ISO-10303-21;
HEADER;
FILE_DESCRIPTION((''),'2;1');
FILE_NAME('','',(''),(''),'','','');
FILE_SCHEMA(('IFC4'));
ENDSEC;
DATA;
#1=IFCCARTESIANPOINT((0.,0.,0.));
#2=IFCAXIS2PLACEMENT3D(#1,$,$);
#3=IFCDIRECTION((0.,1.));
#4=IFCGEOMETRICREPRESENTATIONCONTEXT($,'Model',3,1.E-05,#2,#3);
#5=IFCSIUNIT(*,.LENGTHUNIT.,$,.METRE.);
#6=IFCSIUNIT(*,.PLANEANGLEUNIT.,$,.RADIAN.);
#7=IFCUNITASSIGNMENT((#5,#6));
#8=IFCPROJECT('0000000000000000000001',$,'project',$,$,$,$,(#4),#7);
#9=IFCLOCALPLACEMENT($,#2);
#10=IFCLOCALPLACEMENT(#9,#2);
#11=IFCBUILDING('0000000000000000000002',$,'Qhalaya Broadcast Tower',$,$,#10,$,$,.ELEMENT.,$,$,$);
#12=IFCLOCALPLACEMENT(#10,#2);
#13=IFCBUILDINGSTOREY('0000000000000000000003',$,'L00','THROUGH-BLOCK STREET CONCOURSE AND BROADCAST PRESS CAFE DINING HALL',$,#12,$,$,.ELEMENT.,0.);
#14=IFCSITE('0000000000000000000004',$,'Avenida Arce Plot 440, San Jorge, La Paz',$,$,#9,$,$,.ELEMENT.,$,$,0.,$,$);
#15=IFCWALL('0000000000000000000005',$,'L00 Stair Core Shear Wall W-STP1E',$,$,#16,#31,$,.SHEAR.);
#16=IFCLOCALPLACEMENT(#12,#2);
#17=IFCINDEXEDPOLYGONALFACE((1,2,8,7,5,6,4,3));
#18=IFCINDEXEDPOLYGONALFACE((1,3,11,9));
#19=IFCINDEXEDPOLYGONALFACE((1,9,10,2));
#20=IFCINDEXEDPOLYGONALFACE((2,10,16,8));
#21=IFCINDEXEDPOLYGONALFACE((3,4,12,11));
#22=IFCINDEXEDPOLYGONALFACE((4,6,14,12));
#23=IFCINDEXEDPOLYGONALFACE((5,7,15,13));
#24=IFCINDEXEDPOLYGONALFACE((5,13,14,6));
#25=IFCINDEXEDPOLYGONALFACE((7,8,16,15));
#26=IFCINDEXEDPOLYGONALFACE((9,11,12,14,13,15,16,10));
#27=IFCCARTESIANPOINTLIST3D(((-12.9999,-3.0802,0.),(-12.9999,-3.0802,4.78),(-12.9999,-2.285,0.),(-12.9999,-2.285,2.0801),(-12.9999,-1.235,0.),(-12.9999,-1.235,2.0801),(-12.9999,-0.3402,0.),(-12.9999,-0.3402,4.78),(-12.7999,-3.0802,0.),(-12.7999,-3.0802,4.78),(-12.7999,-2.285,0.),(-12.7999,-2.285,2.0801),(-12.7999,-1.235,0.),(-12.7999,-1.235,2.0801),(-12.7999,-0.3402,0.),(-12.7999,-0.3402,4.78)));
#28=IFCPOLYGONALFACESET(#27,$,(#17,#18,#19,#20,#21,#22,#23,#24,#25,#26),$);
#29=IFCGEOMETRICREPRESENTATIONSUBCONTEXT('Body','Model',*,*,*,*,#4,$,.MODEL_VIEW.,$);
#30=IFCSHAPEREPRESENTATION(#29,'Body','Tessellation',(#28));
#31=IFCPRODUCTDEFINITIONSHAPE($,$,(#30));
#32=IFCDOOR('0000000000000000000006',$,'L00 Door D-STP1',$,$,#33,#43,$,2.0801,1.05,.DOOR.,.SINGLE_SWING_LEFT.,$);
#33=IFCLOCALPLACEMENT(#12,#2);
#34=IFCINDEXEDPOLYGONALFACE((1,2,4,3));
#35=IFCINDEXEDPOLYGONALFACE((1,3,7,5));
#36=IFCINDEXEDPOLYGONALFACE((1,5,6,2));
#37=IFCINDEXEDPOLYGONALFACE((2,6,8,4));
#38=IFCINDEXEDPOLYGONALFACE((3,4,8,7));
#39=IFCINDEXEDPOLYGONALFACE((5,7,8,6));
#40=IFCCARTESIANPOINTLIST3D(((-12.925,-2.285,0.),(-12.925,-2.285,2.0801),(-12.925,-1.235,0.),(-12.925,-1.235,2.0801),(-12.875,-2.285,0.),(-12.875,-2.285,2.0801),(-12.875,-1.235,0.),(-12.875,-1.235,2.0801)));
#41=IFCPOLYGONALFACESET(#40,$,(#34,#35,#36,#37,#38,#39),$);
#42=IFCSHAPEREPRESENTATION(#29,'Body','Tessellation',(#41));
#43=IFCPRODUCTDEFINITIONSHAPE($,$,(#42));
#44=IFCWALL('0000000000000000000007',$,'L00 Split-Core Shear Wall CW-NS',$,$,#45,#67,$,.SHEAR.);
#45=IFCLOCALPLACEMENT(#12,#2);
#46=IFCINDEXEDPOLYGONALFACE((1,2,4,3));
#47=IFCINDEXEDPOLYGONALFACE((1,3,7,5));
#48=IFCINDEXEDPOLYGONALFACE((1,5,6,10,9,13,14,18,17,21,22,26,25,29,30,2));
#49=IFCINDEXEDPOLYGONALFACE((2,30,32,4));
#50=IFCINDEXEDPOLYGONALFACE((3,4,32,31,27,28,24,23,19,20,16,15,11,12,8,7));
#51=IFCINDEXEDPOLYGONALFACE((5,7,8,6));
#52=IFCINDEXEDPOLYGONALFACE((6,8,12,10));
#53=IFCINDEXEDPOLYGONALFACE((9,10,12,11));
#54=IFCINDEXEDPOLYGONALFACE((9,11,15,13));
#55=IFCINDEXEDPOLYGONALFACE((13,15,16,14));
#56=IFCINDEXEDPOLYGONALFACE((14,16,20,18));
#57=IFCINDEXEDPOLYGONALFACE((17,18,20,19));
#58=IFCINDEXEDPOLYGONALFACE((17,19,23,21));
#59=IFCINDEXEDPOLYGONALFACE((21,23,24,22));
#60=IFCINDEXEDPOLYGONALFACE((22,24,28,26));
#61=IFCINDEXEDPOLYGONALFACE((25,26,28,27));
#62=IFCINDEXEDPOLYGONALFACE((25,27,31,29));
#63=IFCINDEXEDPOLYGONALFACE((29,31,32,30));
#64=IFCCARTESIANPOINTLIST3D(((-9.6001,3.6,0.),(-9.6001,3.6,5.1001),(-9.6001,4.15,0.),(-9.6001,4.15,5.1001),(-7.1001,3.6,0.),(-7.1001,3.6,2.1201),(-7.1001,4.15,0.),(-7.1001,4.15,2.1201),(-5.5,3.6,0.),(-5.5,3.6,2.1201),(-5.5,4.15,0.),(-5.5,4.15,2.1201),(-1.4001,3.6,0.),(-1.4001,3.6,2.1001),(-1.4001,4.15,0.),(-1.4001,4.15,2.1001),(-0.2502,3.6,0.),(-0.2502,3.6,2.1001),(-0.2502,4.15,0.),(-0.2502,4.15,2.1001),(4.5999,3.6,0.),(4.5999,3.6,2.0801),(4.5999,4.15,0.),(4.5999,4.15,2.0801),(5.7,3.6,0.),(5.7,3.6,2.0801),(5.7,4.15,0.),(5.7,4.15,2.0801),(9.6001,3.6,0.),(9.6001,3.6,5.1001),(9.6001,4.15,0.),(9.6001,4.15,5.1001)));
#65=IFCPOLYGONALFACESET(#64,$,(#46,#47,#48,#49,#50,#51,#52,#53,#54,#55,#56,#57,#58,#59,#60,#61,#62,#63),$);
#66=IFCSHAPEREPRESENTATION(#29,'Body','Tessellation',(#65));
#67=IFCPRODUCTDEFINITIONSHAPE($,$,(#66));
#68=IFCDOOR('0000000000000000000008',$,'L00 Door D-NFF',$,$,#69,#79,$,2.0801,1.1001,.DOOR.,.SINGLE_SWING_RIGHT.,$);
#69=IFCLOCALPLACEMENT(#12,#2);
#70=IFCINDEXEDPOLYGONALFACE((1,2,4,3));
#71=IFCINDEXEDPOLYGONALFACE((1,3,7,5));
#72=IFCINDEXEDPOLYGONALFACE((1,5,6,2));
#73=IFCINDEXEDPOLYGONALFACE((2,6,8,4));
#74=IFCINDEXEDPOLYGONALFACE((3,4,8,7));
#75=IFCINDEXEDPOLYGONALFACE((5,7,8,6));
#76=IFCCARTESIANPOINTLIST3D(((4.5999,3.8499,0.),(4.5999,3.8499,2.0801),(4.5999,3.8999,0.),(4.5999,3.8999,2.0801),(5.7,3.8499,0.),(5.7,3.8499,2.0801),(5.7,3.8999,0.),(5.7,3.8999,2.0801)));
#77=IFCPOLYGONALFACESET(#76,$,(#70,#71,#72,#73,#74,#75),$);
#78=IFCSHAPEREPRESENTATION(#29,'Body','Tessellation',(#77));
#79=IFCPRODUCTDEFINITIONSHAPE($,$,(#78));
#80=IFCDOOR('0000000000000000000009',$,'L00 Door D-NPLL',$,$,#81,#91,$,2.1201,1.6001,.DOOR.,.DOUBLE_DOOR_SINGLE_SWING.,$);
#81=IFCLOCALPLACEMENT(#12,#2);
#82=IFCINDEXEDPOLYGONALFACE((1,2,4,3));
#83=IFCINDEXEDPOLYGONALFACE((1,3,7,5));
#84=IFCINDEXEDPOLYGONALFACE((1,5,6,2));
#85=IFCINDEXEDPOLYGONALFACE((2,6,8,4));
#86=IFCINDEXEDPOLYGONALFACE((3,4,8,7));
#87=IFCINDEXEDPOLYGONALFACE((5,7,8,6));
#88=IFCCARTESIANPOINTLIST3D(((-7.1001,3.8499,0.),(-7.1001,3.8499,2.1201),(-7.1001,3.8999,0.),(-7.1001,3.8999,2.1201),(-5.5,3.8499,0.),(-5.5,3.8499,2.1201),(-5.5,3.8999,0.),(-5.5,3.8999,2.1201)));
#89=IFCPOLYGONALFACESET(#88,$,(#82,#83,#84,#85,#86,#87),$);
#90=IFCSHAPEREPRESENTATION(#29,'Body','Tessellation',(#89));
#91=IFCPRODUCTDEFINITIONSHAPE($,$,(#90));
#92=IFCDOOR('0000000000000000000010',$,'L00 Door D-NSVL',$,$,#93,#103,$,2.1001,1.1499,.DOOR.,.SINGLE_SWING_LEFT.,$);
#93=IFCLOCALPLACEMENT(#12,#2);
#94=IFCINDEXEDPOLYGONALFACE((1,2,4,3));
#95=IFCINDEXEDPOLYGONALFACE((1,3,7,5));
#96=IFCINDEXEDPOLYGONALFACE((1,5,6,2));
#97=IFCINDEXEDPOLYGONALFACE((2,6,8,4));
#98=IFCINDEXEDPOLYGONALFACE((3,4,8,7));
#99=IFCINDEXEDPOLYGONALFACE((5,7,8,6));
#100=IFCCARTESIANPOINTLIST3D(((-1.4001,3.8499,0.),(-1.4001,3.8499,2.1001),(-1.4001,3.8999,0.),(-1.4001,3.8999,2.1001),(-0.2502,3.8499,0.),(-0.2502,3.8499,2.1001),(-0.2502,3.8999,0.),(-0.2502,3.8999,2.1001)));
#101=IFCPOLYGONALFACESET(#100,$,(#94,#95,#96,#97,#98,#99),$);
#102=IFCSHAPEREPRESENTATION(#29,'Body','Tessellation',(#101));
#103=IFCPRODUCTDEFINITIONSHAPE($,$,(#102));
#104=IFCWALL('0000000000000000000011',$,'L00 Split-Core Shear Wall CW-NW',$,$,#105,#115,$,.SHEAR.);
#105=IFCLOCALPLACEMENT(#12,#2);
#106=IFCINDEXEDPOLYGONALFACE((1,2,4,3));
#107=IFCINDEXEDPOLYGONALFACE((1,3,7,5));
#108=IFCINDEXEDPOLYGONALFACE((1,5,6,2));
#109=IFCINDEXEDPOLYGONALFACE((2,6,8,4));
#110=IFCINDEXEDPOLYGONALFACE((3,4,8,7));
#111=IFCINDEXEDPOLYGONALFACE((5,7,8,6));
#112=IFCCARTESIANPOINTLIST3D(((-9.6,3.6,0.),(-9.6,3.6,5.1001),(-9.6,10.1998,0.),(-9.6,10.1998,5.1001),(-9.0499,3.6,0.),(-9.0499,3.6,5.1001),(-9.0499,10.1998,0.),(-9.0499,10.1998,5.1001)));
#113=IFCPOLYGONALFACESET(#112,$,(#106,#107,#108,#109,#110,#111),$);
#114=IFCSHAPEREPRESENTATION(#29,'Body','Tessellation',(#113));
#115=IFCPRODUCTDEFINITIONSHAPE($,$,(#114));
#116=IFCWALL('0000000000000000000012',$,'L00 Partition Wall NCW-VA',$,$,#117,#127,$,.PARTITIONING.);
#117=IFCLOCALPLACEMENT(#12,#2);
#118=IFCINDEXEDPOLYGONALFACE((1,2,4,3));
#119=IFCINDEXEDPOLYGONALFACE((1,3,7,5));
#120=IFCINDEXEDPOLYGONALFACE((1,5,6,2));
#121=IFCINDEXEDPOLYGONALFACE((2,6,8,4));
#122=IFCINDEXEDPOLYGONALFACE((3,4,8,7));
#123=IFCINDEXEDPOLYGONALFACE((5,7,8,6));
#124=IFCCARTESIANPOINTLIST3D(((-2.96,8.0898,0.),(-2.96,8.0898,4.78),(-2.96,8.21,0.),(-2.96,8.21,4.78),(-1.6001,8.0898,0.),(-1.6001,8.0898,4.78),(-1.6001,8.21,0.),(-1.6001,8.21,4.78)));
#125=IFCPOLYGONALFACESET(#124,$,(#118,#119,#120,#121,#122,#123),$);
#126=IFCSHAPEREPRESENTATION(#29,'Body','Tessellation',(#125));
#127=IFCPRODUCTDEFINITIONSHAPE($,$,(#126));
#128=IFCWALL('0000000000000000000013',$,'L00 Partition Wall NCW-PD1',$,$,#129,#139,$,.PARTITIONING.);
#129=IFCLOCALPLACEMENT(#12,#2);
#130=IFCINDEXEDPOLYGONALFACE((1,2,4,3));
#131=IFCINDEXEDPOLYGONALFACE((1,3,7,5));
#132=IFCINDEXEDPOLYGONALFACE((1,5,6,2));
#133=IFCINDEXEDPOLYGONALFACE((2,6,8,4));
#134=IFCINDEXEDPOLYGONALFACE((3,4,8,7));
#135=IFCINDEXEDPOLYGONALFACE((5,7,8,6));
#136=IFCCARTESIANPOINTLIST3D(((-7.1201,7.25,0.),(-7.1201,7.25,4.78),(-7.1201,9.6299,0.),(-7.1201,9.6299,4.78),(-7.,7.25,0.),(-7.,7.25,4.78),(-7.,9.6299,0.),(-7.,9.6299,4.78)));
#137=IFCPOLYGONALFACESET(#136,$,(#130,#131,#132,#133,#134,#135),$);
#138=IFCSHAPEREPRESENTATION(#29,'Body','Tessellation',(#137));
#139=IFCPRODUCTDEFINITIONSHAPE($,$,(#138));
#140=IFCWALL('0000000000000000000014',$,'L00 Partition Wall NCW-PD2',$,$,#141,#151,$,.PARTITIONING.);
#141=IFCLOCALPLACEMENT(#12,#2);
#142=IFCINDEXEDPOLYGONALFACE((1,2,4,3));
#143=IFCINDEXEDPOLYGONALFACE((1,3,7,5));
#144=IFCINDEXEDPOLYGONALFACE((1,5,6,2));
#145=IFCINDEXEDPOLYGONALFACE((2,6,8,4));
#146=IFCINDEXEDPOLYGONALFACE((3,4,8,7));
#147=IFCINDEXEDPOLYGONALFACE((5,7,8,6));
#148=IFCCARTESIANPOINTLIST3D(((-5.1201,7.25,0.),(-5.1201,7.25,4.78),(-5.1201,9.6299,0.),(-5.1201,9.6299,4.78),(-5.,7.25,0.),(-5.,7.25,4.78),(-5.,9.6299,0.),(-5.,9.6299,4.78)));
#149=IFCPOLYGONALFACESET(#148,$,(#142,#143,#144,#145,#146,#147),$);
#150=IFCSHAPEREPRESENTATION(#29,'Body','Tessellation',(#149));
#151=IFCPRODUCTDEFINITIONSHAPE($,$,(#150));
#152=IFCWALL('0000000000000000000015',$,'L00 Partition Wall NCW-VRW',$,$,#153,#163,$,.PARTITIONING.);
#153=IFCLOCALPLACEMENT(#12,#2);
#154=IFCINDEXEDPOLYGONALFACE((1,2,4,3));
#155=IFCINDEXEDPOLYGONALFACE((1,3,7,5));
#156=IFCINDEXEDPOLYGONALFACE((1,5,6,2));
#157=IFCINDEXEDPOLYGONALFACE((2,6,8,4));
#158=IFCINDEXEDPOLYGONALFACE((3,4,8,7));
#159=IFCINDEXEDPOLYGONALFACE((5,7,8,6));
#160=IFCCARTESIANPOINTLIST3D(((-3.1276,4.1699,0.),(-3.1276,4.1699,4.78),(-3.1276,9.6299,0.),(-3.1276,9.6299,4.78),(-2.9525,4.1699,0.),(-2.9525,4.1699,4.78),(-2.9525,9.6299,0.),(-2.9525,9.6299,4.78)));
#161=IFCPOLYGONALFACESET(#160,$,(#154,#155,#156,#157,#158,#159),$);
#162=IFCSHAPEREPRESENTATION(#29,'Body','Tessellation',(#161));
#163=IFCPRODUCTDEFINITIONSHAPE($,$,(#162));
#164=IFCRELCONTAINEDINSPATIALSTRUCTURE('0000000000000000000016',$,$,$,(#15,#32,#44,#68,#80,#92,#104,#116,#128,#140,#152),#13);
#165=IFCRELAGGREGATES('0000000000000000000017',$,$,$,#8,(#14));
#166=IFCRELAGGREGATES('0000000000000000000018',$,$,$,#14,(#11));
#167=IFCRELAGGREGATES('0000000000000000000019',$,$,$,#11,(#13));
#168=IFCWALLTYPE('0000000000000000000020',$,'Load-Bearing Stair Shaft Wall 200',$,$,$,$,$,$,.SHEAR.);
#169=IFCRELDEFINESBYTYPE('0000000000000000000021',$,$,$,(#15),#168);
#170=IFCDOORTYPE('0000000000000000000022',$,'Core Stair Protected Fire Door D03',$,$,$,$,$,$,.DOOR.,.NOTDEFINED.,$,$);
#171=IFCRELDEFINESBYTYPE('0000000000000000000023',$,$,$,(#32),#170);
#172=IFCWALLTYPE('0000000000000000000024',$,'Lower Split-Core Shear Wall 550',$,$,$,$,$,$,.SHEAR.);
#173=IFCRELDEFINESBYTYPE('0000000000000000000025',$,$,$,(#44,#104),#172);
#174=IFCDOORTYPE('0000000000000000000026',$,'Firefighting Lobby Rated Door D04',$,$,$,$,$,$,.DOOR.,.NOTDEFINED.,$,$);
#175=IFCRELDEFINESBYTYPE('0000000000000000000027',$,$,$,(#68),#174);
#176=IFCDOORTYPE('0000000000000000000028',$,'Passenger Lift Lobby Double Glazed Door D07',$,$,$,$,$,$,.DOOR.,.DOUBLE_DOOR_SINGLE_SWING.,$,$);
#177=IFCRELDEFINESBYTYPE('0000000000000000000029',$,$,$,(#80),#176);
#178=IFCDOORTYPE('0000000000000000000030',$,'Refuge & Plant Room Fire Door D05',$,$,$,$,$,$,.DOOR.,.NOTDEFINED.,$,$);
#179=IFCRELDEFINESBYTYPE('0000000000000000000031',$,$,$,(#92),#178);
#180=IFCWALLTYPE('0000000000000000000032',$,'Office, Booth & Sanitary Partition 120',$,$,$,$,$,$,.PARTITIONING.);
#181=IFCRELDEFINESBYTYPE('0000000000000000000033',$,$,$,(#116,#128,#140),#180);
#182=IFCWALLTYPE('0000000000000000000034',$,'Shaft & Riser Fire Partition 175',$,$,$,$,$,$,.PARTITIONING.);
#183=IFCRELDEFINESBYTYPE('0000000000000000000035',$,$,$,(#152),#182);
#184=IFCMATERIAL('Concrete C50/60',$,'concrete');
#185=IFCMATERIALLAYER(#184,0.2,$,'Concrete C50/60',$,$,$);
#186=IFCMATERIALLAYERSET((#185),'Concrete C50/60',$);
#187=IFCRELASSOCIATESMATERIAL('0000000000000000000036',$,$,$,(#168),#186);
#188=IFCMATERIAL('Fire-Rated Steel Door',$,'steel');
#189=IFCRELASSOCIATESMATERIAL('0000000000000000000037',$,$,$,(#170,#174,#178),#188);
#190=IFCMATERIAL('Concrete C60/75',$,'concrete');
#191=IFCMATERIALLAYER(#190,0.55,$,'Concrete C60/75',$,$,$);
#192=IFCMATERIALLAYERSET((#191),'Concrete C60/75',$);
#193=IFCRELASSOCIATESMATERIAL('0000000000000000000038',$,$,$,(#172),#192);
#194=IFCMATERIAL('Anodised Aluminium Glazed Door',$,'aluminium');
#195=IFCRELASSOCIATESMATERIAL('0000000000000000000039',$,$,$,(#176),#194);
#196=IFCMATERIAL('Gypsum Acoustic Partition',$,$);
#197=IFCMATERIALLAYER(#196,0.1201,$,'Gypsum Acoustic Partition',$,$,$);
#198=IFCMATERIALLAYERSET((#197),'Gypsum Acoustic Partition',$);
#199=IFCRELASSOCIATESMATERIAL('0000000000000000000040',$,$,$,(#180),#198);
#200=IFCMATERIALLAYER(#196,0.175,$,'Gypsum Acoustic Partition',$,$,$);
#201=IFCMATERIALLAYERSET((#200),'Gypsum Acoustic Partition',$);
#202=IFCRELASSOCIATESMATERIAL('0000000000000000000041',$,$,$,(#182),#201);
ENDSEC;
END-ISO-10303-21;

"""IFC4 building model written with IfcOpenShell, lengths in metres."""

from ifc_helpers import new_model, si_unit, direction, frame, frame_2d, origin, place, context, subcontext, project, spatial, rectangle, extrude, material, layer, layer_set, type_object, element, fill, save


model = new_model("IFC4")

# Units and contexts
model_context = context("Model", 3, precision=1e-05, world=origin(), true_north=direction((0.0, 1.0)))
body_context = subcontext(model_context, "Body", "Model", "MODEL_VIEW")
ifc_project = project(units=[si_unit("LENGTHUNIT", "METRE"), si_unit("PLANEANGLEUNIT", "RADIAN")], contexts=[model_context])

# Site, building, storey
site_placement = place(None, origin())
site = spatial("IfcSite", under=ifc_project, at=site_placement, Name="Avenida Arce Plot 440, San Jorge, La Paz", CompositionType="ELEMENT", RefElevation=0.0)
building_placement = place(site_placement, origin())
building = spatial("IfcBuilding", under=site, at=building_placement, Name="Qhalaya Broadcast Tower", CompositionType="ELEMENT")
storey_placement = place(building_placement, origin())
storey = spatial("IfcBuildingStorey", under=building, at=storey_placement, Name="L00", Description="THROUGH-BLOCK STREET CONCOURSE AND BROADCAST PRESS CAFE DINING HALL", CompositionType="ELEMENT", Elevation=0.0)

# Shared definitions
ifc_material_1 = material(Name="Concrete C50/60", Category="concrete")

# Shared definitions
ifc_material_2 = material(Name="Gypsum Acoustic Partition")
ifc_material_3 = material(Name="Fire-Rated Steel Door", Category="steel")

# Wall, opening, door
ifc_layer_1 = layer(ifc_material_1, 0.2, Name="Concrete C50/60")
ifc_layer_set_1 = layer_set([ifc_layer_1], Name="Concrete C50/60")
wall_type_1 = type_object("IfcWallType", Name="Load-Bearing Stair Shaft Wall 200", PredefinedType="SHEAR", material=ifc_layer_set_1)
wall_1_placement = place(storey_placement, frame((-12.8999, -0.3401, 0.0), z_axis=(0.0, 0.0, 1.0), x_axis=(0.0, -1.0, 0.0)))
wall_1 = element("IfcWall", 1, at=wall_1_placement, inside=storey, type_object=wall_type_1, Name="L00 Stair Core Shear Wall W-STP1E", PredefinedType="SHEAR", context=body_context, shape_type="SweptSolid", body=[
    extrude(rectangle(XDim=2.74, YDim=0.2, at=frame_2d((1.3701, 0.0))), origin(), (0.0, 0.0, 1.0), 4.78),
])
opening_1_placement = place(wall_1_placement, frame((0.895, 0.0, 0.0)))
opening_1 = element("IfcOpeningElement", 2, at=opening_1_placement, cuts=wall_1, PredefinedType="OPENING", context=body_context, shape_type="SweptSolid", body=[
    extrude(rectangle(XDim=1.05, YDim=2.0801, at=frame_2d((0.5249, 1.04))), frame((0.0, 0.1121, 0.0), z_axis=(0.0, -1.0, 0.0), x_axis=(1.0, 0.0, 0.0)), (0.0, 0.0, 1.0), 0.2239),
])
door_type_1 = type_object("IfcDoorType", Name="Core Stair Protected Fire Door D03", OperationType="NOTDEFINED", PredefinedType="DOOR", material=ifc_material_3)
door_1_placement = place(opening_1_placement, origin())
door_1 = element("IfcDoor", 3, at=door_1_placement, inside=storey, type_object=door_type_1, Name="L00 Door D-STP1", OperationType="SINGLE_SWING_LEFT", OverallHeight=2.0801, OverallWidth=1.05, PredefinedType="DOOR", context=body_context, shape_type="SweptSolid", body=[
    extrude(rectangle(XDim=1.05, YDim=2.0801, at=frame_2d((0.5249, 1.04))), frame((0.0, 0.0249, 0.0), z_axis=(0.0, -1.0, 0.0), x_axis=(1.0, 0.0, 0.0)), (0.0, 0.0, 1.0), 0.05),
])
fill(opening_1, door_1)

# Wall, openings, doors
ifc_material_4 = material(Name="Concrete C60/75", Category="concrete")
ifc_layer_2 = layer(ifc_material_4, 0.55, Name="Concrete C60/75")
ifc_layer_set_2 = layer_set([ifc_layer_2], Name="Concrete C60/75")
wall_type_2 = type_object("IfcWallType", Name="Lower Split-Core Shear Wall 550", PredefinedType="SHEAR", material=ifc_layer_set_2)
wall_2_placement = place(storey_placement, frame((-9.6001, 3.875, 0.0), z_axis=(0.0, 0.0, 1.0), x_axis=(1.0, 0.0, 0.0)))
wall_2 = element("IfcWall", 4, at=wall_2_placement, inside=storey, type_object=wall_type_2, Name="L00 Split-Core Shear Wall CW-NS", PredefinedType="SHEAR", context=body_context, shape_type="SweptSolid", body=[
    extrude(rectangle(XDim=19.2002, YDim=0.55, at=frame_2d((9.6001, 0.0))), origin(), (0.0, 0.0, 1.0), 5.1001),
])
opening_2_placement = place(wall_2_placement, frame((14.2, 0.0, 0.0)))
opening_2 = element("IfcOpeningElement", 5, at=opening_2_placement, cuts=wall_2, PredefinedType="OPENING", context=body_context, shape_type="SweptSolid", body=[
    extrude(rectangle(XDim=1.1001, YDim=2.0801, at=frame_2d((0.55, 1.04))), frame((0.0, 0.2871, 0.0), z_axis=(0.0, -1.0, 0.0), x_axis=(1.0, 0.0, 0.0)), (0.0, 0.0, 1.0), 0.574),
])
opening_3_placement = place(wall_2_placement, frame((8.2, 0.0, 0.0)))
opening_3 = element("IfcOpeningElement", 6, at=opening_3_placement, cuts=wall_2, PredefinedType="OPENING", context=body_context, shape_type="SweptSolid", body=[
    extrude(rectangle(XDim=1.1499, YDim=2.1001, at=frame_2d((0.575, 1.05))), frame((0.0, 0.2871, 0.0), z_axis=(0.0, -1.0, 0.0), x_axis=(1.0, 0.0, 0.0)), (0.0, 0.0, 1.0), 0.574),
])
opening_4_placement = place(wall_2_placement, frame((2.5, 0.0, 0.0)))
opening_4 = element("IfcOpeningElement", 7, at=opening_4_placement, cuts=wall_2, PredefinedType="OPENING", context=body_context, shape_type="SweptSolid", body=[
    extrude(rectangle(XDim=1.6001, YDim=2.1201, at=frame_2d((0.8, 1.0601))), frame((0.0, 0.2871, 0.0), z_axis=(0.0, -1.0, 0.0), x_axis=(1.0, 0.0, 0.0)), (0.0, 0.0, 1.0), 0.574),
])
door_type_2 = type_object("IfcDoorType", Name="Firefighting Lobby Rated Door D04", OperationType="NOTDEFINED", PredefinedType="DOOR", material=ifc_material_3)
door_2_placement = place(opening_2_placement, origin())
door_2 = element("IfcDoor", 8, at=door_2_placement, inside=storey, type_object=door_type_2, Name="L00 Door D-NFF", OperationType="SINGLE_SWING_RIGHT", OverallHeight=2.0801, OverallWidth=1.1001, PredefinedType="DOOR", context=body_context, shape_type="SweptSolid", body=[
    extrude(rectangle(XDim=1.1001, YDim=2.0801, at=frame_2d((0.55, 1.04))), frame((0.0, 0.0249, 0.0), z_axis=(0.0, -1.0, 0.0), x_axis=(1.0, 0.0, 0.0)), (0.0, 0.0, 1.0), 0.05),
])
fill(opening_2, door_2)
ifc_material_5 = material(Name="Anodised Aluminium Glazed Door", Category="aluminium")
door_type_3 = type_object("IfcDoorType", Name="Passenger Lift Lobby Double Glazed Door D07", OperationType="DOUBLE_DOOR_SINGLE_SWING", PredefinedType="DOOR", material=ifc_material_5)
door_3_placement = place(opening_4_placement, origin())
door_3 = element("IfcDoor", 9, at=door_3_placement, inside=storey, type_object=door_type_3, Name="L00 Door D-NPLL", OperationType="DOUBLE_DOOR_SINGLE_SWING", OverallHeight=2.1201, OverallWidth=1.6001, PredefinedType="DOOR", context=body_context, shape_type="SweptSolid", body=[
    extrude(rectangle(XDim=1.6001, YDim=2.1201, at=frame_2d((0.8, 1.0601))), frame((0.0, 0.0249, 0.0), z_axis=(0.0, -1.0, 0.0), x_axis=(1.0, 0.0, 0.0)), (0.0, 0.0, 1.0), 0.05),
])
fill(opening_4, door_3)
door_type_4 = type_object("IfcDoorType", Name="Refuge & Plant Room Fire Door D05", OperationType="NOTDEFINED", PredefinedType="DOOR", material=ifc_material_3)
door_4_placement = place(opening_3_placement, origin())
door_4 = element("IfcDoor", 10, at=door_4_placement, inside=storey, type_object=door_type_4, Name="L00 Door D-NSVL", OperationType="SINGLE_SWING_LEFT", OverallHeight=2.1001, OverallWidth=1.1499, PredefinedType="DOOR", context=body_context, shape_type="SweptSolid", body=[
    extrude(rectangle(XDim=1.1499, YDim=2.1001, at=frame_2d((0.575, 1.05))), frame((0.0, 0.0249, 0.0), z_axis=(0.0, -1.0, 0.0), x_axis=(1.0, 0.0, 0.0)), (0.0, 0.0, 1.0), 0.05),
])
fill(opening_3, door_4)

# Walls
wall_3_placement = place(storey_placement, frame((-9.325, 3.6001, 0.0), z_axis=(0.0, 0.0, 1.0), x_axis=(0.0, 1.0, 0.0)))
element("IfcWall", 11, at=wall_3_placement, inside=storey, type_object=wall_type_2, Name="L00 Split-Core Shear Wall CW-NW", PredefinedType="SHEAR", context=body_context, shape_type="SweptSolid", body=[
    extrude(rectangle(XDim=6.5999, YDim=0.55, at=frame_2d((3.2998, 0.0))), origin(), (0.0, 0.0, 1.0), 5.1001),
])
ifc_layer_3 = layer(ifc_material_2, 0.1201, Name="Gypsum Acoustic Partition")
ifc_layer_set_3 = layer_set([ifc_layer_3], Name="Gypsum Acoustic Partition")
wall_type_3 = type_object("IfcWallType", Name="Office, Booth & Sanitary Partition 120", PredefinedType="PARTITIONING", material=ifc_layer_set_3)
wall_4_placement = place(storey_placement, frame((-2.96, 8.1499, 0.0), z_axis=(0.0, 0.0, 1.0), x_axis=(1.0, 0.0, 0.0)))
element("IfcWall", 12, at=wall_4_placement, inside=storey, type_object=wall_type_3, Name="L00 Partition Wall NCW-VA", PredefinedType="PARTITIONING", context=body_context, shape_type="SweptSolid", body=[
    extrude(rectangle(XDim=1.3599, YDim=0.1201, at=frame_2d((0.6799, 0.0))), origin(), (0.0, 0.0, 1.0), 4.78),
])
for number, where, z_axis, x_axis, name in (
    (13, (-7.0601, 7.25, 0.0), (0.0, 0.0, 1.0), (0.0, 1.0, 0.0), "L00 Partition Wall NCW-PD1"),
    (14, (-5.0601, 7.25, 0.0), (0.0, 0.0, 1.0), (0.0, 1.0, 0.0), "L00 Partition Wall NCW-PD2"),
):
    element("IfcWall", number, at=place(storey_placement, frame(where, z_axis=z_axis, x_axis=x_axis)), inside=storey, type_object=wall_type_3, Name=name, PredefinedType="PARTITIONING", context=body_context, shape_type="SweptSolid", body=[
        extrude(rectangle(XDim=2.3799, YDim=0.1201, at=frame_2d((1.1899, 0.0))), origin(), (0.0, 0.0, 1.0), 4.78),
    ])
ifc_layer_4 = layer(ifc_material_2, 0.175, Name="Gypsum Acoustic Partition")
ifc_layer_set_4 = layer_set([ifc_layer_4], Name="Gypsum Acoustic Partition")
wall_type_4 = type_object("IfcWallType", Name="Shaft & Riser Fire Partition 175", PredefinedType="PARTITIONING", material=ifc_layer_set_4)
wall_5_placement = place(storey_placement, frame((-3.04, 4.1699, 0.0), z_axis=(0.0, 0.0, 1.0), x_axis=(0.0, 1.0, 0.0)))
element("IfcWall", 15, at=wall_5_placement, inside=storey, type_object=wall_type_4, Name="L00 Partition Wall NCW-VRW", PredefinedType="PARTITIONING", context=body_context, shape_type="SweptSolid", body=[
    extrude(rectangle(XDim=5.46, YDim=0.175, at=frame_2d((2.73, 0.0))), origin(), (0.0, 0.0, 1.0), 4.78),
])

save(model, "model.ifc")
